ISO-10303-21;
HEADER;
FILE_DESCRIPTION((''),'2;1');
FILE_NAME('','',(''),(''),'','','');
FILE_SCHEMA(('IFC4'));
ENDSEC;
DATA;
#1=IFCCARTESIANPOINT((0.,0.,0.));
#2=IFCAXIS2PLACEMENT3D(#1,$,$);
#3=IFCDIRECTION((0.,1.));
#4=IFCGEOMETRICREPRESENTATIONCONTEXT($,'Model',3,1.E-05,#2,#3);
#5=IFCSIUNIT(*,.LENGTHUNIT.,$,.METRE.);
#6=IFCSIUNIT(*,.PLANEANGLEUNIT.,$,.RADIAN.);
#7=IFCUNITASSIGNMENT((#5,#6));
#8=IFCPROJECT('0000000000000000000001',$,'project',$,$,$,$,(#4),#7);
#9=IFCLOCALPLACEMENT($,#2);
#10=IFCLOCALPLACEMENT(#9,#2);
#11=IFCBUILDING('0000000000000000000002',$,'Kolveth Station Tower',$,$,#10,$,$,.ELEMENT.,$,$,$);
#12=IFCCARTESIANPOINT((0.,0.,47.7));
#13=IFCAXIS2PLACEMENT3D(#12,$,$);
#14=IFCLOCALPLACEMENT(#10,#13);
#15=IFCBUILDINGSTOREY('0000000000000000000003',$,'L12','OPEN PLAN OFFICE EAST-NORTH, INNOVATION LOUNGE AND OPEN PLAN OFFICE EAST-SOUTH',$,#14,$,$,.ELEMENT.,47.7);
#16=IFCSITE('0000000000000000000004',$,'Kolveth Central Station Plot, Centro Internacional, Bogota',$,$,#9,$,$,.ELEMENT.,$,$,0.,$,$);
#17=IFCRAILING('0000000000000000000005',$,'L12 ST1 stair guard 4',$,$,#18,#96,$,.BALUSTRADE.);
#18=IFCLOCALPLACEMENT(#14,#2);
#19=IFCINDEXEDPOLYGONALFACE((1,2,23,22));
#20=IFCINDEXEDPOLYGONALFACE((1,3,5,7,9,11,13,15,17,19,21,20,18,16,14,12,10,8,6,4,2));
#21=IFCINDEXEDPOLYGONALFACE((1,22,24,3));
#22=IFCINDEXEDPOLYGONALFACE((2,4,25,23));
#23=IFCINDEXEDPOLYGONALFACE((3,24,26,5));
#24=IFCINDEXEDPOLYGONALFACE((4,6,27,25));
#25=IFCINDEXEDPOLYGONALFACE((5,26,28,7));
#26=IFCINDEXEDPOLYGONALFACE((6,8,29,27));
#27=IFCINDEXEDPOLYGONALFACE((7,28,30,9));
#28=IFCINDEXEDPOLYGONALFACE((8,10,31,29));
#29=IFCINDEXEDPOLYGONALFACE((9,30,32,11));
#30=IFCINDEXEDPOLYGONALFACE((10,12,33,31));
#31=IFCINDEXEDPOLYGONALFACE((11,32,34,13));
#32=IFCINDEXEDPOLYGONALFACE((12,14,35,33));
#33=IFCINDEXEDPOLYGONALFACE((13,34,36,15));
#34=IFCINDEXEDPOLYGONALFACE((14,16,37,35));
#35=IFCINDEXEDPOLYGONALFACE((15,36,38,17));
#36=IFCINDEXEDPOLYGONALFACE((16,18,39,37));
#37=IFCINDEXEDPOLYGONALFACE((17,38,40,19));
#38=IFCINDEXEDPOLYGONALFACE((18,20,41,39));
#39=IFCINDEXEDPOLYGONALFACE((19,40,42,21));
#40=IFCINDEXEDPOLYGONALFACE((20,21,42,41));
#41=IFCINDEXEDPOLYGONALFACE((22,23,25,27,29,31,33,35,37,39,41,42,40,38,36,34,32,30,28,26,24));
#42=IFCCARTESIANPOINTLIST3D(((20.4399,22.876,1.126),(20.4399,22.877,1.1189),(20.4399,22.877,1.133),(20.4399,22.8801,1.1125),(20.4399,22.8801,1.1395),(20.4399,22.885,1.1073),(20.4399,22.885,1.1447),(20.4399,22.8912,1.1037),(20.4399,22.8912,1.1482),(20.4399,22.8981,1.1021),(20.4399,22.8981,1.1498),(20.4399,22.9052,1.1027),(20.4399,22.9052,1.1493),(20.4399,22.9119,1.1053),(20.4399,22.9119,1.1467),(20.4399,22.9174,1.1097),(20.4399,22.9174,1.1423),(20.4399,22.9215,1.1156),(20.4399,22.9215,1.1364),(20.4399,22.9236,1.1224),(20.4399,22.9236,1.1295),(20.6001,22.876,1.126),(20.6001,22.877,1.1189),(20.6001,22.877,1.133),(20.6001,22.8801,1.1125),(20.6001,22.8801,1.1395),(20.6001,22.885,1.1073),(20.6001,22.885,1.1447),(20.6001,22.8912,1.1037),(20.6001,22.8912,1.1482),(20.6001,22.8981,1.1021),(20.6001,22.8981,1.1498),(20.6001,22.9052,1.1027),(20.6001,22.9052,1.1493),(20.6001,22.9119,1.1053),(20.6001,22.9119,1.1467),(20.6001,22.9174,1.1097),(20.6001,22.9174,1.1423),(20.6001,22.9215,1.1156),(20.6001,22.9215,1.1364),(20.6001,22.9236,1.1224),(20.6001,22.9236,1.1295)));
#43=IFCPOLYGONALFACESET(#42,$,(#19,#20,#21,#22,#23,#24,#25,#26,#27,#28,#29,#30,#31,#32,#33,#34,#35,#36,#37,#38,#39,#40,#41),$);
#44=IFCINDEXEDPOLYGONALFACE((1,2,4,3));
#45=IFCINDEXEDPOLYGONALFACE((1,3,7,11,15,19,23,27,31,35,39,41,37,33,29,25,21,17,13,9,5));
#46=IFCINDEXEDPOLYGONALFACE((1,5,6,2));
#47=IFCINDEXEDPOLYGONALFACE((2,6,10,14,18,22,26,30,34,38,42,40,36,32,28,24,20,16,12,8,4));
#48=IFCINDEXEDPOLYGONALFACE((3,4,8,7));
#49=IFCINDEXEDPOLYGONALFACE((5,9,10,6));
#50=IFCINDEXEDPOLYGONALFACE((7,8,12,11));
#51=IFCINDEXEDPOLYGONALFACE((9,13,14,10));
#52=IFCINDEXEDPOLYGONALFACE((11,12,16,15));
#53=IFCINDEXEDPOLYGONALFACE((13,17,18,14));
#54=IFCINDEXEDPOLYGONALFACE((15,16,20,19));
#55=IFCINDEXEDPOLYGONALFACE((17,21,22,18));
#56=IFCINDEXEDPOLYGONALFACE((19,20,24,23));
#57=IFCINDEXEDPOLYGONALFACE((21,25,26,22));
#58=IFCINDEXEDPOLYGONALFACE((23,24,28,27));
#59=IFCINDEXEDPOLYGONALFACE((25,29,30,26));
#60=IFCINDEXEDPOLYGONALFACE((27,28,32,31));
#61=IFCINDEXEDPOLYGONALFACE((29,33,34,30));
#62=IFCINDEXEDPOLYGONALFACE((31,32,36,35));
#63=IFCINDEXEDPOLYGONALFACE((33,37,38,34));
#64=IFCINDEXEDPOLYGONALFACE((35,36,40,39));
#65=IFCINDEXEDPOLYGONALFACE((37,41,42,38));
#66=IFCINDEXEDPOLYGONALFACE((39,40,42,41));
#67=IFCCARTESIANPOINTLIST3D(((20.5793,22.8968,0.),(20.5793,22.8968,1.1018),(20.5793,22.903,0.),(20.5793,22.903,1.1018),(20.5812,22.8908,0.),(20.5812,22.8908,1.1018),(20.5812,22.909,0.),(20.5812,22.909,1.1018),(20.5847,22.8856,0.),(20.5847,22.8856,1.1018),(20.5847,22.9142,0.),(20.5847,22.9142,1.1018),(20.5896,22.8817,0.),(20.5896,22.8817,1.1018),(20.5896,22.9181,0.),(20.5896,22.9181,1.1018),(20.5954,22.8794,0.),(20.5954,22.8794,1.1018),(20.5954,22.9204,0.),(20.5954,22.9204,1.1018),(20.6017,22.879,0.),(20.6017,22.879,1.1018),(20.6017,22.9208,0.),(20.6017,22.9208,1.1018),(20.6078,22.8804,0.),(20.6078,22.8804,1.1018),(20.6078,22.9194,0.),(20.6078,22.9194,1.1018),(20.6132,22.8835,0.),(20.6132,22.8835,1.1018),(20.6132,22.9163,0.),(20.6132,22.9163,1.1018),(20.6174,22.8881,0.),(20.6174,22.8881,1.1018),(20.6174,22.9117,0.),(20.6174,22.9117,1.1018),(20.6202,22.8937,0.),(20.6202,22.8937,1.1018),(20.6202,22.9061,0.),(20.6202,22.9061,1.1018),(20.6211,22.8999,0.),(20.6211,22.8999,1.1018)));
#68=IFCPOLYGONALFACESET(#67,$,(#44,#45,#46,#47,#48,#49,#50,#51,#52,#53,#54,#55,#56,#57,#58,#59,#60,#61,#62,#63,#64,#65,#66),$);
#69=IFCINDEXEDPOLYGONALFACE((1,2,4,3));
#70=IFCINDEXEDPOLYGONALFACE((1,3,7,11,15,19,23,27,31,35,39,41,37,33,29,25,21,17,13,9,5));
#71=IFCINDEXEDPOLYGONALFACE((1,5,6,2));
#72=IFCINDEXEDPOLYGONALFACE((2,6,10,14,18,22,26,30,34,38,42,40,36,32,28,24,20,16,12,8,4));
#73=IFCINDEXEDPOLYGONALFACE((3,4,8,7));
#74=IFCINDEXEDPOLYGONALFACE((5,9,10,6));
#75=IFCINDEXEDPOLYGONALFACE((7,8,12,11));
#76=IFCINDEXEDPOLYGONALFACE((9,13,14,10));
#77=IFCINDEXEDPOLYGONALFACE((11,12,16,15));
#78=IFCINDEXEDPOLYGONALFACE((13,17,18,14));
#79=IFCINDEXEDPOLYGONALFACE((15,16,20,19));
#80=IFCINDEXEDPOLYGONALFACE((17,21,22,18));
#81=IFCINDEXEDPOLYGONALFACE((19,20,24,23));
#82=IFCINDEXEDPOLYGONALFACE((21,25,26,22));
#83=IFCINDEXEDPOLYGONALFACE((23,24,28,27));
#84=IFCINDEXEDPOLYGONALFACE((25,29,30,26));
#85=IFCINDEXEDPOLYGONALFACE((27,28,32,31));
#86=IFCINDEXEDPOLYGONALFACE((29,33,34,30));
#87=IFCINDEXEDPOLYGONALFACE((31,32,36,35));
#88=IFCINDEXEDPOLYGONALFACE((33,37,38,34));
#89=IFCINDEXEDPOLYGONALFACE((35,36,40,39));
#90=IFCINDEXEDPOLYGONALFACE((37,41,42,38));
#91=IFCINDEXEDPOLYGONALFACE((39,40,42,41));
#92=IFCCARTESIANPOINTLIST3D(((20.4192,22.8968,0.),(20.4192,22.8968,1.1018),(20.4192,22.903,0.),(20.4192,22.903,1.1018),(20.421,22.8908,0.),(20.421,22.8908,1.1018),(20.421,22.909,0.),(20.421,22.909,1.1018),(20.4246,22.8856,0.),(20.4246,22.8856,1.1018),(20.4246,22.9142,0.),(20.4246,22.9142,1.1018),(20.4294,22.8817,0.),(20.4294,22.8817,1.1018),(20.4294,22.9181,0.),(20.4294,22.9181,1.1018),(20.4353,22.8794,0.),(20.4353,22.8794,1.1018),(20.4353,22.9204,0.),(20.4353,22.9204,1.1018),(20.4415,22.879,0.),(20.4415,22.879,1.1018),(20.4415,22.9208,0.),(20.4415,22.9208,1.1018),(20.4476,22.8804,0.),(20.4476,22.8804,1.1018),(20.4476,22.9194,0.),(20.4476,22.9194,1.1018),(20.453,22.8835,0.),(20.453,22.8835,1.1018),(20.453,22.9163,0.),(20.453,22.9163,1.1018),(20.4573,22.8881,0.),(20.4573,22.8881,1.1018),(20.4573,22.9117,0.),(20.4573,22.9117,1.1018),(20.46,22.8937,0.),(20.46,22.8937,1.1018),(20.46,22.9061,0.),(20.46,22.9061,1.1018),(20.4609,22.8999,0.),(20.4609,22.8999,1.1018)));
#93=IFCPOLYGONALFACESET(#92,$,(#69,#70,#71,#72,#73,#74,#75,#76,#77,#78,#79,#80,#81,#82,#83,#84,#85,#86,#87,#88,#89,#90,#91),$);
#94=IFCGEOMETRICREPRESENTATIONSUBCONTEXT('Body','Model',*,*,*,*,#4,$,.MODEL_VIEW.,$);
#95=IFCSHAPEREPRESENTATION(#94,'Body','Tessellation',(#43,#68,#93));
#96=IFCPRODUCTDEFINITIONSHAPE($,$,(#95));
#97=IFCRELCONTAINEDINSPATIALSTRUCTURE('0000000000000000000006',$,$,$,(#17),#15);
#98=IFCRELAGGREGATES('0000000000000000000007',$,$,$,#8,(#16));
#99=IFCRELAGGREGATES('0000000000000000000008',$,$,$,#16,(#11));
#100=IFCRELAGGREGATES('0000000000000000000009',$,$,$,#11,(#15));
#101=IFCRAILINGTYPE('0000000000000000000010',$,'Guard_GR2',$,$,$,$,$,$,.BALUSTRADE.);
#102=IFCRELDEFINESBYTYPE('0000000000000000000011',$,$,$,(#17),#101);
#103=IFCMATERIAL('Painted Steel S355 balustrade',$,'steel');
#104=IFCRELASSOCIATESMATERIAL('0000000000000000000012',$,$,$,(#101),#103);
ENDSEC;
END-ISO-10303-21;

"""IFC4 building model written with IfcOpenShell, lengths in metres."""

from ifc_helpers import new_model, si_unit, direction, frame, origin, origin_2d, place, context, subcontext, project, spatial, circle, extrude, material, type_object, element, save


model = new_model("IFC4")

# Units and contexts
model_context = context("Model", 3, precision=1e-05, world=origin(), true_north=direction((0.0, 1.0)))
body_context = subcontext(model_context, "Body", "Model", "MODEL_VIEW")
ifc_project = project(units=[si_unit("LENGTHUNIT", "METRE"), si_unit("PLANEANGLEUNIT", "RADIAN")], contexts=[model_context])

# Site, building, storey
site_placement = place(None, origin())
site = spatial("IfcSite", under=ifc_project, at=site_placement, Name="Kolveth Central Station Plot, Centro Internacional, Bogota", CompositionType="ELEMENT", RefElevation=0.0)
building_placement = place(site_placement, origin())
building = spatial("IfcBuilding", under=site, at=building_placement, Name="Kolveth Station Tower", CompositionType="ELEMENT")
storey_placement = place(building_placement, frame((0.0, 0.0, 47.7)))
storey = spatial("IfcBuildingStorey", under=building, at=storey_placement, Name="L12", Description="OPEN PLAN OFFICE EAST-NORTH, INNOVATION LOUNGE AND OPEN PLAN OFFICE EAST-SOUTH", CompositionType="ELEMENT", Elevation=47.7)

# Railing
ifc_material_1 = material(Name="Painted Steel S355 balustrade", Category="steel")
railing_type_1 = type_object("IfcRailingType", Name="Guard_GR2", PredefinedType="BALUSTRADE", material=ifc_material_1)
railing_1_placement = place(storey_placement, frame((20.6001, 22.8999, 0.0)))
element("IfcRailing", 1, at=railing_1_placement, inside=storey, type_object=railing_type_1, Name="L12 ST1 stair guard 4", PredefinedType="BALUSTRADE", context=body_context, shape_type="SweptSolid", body=[
    extrude(circle(Radius=0.0239, at=origin_2d()), frame((0.0, 0.0, 1.126), z_axis=(-1.0, 0.0, 0.0), x_axis=(0.0, -1.0, 0.0)), (0.0, 0.0, 1.0), 0.1602),
    extrude(circle(Radius=0.021, at=origin_2d()), origin(), (0.0, 0.0, 1.0), 1.1018),
    extrude(circle(Radius=0.021, at=origin_2d()), frame((-0.1602, 0.0, 0.0)), (0.0, 0.0, 1.0), 1.1018),
])

save(model, "model.ifc")
